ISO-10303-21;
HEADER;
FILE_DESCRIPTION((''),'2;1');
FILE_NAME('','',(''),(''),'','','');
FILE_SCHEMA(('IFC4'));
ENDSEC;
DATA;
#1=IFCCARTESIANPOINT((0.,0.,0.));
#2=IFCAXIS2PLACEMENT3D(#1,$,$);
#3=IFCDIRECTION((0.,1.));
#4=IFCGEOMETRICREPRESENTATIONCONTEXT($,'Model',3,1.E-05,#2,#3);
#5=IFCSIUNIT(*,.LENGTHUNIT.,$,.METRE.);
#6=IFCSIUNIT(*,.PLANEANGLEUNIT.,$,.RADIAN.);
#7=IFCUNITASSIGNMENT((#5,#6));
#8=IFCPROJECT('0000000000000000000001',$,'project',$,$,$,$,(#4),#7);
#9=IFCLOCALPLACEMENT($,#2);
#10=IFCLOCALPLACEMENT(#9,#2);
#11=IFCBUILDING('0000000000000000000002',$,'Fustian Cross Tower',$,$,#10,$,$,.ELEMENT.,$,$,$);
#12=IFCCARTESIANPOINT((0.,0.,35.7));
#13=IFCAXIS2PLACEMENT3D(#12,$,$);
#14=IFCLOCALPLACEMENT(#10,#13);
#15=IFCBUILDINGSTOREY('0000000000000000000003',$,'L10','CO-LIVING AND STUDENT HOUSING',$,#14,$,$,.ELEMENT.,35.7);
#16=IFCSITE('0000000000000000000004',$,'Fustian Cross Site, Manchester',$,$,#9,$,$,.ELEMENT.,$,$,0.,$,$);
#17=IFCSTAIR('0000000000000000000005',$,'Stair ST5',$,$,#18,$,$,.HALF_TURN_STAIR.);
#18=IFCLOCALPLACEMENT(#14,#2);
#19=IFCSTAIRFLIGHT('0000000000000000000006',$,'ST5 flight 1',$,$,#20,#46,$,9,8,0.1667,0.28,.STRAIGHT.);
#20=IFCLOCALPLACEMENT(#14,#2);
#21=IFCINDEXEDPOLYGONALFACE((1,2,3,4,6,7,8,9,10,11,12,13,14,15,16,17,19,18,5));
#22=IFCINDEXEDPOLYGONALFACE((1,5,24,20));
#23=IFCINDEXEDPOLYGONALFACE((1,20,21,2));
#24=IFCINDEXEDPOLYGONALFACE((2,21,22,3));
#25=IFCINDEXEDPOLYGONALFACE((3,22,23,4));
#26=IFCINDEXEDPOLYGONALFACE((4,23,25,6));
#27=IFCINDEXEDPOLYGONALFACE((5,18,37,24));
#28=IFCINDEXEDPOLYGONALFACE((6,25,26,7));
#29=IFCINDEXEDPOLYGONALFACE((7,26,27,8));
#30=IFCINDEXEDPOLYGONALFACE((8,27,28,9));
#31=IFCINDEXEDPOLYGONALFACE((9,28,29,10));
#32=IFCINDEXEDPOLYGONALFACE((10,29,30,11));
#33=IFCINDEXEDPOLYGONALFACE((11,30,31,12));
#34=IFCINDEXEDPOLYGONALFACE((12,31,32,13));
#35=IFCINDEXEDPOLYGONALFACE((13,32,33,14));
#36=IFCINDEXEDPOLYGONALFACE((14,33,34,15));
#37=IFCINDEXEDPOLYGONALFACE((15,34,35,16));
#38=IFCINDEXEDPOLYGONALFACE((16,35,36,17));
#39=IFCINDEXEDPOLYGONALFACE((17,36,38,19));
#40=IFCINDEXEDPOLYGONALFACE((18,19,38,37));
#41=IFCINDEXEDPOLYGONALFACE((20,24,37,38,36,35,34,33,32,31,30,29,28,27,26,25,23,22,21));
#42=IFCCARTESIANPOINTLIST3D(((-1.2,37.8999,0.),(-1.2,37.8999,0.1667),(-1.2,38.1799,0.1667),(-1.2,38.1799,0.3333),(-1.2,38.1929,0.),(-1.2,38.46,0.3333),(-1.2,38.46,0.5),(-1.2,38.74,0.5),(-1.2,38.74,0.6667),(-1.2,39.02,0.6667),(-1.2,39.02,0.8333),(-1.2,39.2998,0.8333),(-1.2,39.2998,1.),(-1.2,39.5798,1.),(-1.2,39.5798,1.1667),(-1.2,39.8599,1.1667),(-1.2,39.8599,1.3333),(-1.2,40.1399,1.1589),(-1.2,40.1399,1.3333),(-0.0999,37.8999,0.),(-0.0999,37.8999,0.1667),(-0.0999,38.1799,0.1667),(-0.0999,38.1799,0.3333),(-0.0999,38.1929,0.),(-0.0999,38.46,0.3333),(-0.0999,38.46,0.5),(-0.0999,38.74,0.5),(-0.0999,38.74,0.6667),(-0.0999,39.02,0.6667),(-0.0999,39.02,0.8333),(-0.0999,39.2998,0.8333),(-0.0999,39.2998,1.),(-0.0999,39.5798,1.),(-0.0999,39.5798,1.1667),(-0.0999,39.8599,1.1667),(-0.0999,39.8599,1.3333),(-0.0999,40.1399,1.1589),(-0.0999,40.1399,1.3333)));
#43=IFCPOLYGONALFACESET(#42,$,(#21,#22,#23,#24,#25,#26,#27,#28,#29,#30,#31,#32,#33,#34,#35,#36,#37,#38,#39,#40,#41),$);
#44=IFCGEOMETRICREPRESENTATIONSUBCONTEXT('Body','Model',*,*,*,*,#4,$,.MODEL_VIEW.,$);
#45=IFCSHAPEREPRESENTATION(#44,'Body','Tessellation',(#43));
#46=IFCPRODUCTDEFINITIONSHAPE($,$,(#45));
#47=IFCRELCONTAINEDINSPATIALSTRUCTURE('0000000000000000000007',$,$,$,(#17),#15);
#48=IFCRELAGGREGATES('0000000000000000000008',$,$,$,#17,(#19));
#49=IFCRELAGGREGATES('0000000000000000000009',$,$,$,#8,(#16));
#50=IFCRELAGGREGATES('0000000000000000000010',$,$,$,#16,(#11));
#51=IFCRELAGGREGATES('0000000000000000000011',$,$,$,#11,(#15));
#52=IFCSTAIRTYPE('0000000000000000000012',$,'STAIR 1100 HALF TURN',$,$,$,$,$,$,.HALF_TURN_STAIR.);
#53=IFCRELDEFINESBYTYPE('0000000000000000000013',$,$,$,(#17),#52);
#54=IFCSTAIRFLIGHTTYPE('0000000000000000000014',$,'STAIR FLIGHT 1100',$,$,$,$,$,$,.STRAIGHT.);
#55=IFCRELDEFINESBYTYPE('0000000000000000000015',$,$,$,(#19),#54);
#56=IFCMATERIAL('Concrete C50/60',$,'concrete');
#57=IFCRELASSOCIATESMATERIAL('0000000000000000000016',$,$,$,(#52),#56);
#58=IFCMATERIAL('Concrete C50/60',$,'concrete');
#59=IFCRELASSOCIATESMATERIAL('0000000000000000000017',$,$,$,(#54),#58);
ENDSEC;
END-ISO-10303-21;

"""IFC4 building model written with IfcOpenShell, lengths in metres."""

from ifc_helpers import new_model, si_unit, direction, frame, origin, place, context, subcontext, project, spatial, polyline, outline, extrude, material, type_object, element, aggregate, save


model = new_model("IFC4")

# Units and contexts
model_context = context("Model", 3, precision=1e-05, world=origin(), true_north=direction((0.0, 1.0)))
body_context = subcontext(model_context, "Body", "Model", "MODEL_VIEW")
ifc_project = project(units=[si_unit("LENGTHUNIT", "METRE"), si_unit("PLANEANGLEUNIT", "RADIAN")], contexts=[model_context])

# Site, building, storey
site_placement = place(None, origin())
site = spatial("IfcSite", under=ifc_project, at=site_placement, Name="Fustian Cross Site, Manchester", CompositionType="ELEMENT", RefElevation=0.0)
building_placement = place(site_placement, origin())
building = spatial("IfcBuilding", under=site, at=building_placement, Name="Fustian Cross Tower", CompositionType="ELEMENT")
storey_placement = place(building_placement, frame((0.0, 0.0, 35.7)))
storey = spatial("IfcBuildingStorey", under=building, at=storey_placement, Name="L10", Description="CO-LIVING AND STUDENT HOUSING", CompositionType="ELEMENT", Elevation=35.7)

# Stair, stair flight
ifc_material_1 = material(Name="Concrete C50/60", Category="concrete")
stair_type = type_object("IfcStairType", Name="STAIR 1100 HALF TURN", PredefinedType="HALF_TURN_STAIR", material=ifc_material_1)
stair_placement = place(storey_placement, origin())
stair = element("IfcStair", 1, at=stair_placement, inside=storey, type_object=stair_type, Name="Stair ST5", PredefinedType="HALF_TURN_STAIR")
ifc_material_2 = material(Name="Concrete C50/60", Category="concrete")
stair_flight_type = type_object("IfcStairFlightType", Name="STAIR FLIGHT 1100", PredefinedType="STRAIGHT", material=ifc_material_2)
stair_flight_placement = place(storey_placement, frame((-0.6499, 37.8999, 0.0), z_axis=(0.0, 0.0, 1.0), x_axis=(0.0, 1.0, 0.0)))
stair_flight = element("IfcStairFlight", 2, at=stair_flight_placement, type_object=stair_flight_type, Name="ST5 flight 1", NumberOfRisers=9, NumberOfTreads=8, PredefinedType="STRAIGHT", RiserHeight=0.1667, TreadLength=0.28, context=body_context, shape_type="SweptSolid", body=[
    extrude(outline(polyline([(0.0, 0.0), (0.0, 0.1667), (0.28, 0.1667), (0.28, 0.3333), (0.5601, 0.3333), (0.5601, 0.5), (0.8401, 0.5), (0.8401, 0.6667), (1.1201, 0.6667), (1.1201, 0.8333), (1.3999, 0.8333), (1.3999, 1.0), (1.6799, 1.0), (1.6799, 1.1667), (1.96, 1.1667), (1.96, 1.3333), (2.24, 1.3333), (2.24, 1.5), (2.24, 1.1589), (0.293, 0.0), (0.0, 0.0)])), frame((0.0, 0.55, 0.0), z_axis=(0.0, -1.0, 0.0), x_axis=(1.0, 0.0, 0.0)), (0.0, 0.0, 1.0), 1.1001),
])
aggregate(stair, [stair_flight])

save(model, "model.ifc")
